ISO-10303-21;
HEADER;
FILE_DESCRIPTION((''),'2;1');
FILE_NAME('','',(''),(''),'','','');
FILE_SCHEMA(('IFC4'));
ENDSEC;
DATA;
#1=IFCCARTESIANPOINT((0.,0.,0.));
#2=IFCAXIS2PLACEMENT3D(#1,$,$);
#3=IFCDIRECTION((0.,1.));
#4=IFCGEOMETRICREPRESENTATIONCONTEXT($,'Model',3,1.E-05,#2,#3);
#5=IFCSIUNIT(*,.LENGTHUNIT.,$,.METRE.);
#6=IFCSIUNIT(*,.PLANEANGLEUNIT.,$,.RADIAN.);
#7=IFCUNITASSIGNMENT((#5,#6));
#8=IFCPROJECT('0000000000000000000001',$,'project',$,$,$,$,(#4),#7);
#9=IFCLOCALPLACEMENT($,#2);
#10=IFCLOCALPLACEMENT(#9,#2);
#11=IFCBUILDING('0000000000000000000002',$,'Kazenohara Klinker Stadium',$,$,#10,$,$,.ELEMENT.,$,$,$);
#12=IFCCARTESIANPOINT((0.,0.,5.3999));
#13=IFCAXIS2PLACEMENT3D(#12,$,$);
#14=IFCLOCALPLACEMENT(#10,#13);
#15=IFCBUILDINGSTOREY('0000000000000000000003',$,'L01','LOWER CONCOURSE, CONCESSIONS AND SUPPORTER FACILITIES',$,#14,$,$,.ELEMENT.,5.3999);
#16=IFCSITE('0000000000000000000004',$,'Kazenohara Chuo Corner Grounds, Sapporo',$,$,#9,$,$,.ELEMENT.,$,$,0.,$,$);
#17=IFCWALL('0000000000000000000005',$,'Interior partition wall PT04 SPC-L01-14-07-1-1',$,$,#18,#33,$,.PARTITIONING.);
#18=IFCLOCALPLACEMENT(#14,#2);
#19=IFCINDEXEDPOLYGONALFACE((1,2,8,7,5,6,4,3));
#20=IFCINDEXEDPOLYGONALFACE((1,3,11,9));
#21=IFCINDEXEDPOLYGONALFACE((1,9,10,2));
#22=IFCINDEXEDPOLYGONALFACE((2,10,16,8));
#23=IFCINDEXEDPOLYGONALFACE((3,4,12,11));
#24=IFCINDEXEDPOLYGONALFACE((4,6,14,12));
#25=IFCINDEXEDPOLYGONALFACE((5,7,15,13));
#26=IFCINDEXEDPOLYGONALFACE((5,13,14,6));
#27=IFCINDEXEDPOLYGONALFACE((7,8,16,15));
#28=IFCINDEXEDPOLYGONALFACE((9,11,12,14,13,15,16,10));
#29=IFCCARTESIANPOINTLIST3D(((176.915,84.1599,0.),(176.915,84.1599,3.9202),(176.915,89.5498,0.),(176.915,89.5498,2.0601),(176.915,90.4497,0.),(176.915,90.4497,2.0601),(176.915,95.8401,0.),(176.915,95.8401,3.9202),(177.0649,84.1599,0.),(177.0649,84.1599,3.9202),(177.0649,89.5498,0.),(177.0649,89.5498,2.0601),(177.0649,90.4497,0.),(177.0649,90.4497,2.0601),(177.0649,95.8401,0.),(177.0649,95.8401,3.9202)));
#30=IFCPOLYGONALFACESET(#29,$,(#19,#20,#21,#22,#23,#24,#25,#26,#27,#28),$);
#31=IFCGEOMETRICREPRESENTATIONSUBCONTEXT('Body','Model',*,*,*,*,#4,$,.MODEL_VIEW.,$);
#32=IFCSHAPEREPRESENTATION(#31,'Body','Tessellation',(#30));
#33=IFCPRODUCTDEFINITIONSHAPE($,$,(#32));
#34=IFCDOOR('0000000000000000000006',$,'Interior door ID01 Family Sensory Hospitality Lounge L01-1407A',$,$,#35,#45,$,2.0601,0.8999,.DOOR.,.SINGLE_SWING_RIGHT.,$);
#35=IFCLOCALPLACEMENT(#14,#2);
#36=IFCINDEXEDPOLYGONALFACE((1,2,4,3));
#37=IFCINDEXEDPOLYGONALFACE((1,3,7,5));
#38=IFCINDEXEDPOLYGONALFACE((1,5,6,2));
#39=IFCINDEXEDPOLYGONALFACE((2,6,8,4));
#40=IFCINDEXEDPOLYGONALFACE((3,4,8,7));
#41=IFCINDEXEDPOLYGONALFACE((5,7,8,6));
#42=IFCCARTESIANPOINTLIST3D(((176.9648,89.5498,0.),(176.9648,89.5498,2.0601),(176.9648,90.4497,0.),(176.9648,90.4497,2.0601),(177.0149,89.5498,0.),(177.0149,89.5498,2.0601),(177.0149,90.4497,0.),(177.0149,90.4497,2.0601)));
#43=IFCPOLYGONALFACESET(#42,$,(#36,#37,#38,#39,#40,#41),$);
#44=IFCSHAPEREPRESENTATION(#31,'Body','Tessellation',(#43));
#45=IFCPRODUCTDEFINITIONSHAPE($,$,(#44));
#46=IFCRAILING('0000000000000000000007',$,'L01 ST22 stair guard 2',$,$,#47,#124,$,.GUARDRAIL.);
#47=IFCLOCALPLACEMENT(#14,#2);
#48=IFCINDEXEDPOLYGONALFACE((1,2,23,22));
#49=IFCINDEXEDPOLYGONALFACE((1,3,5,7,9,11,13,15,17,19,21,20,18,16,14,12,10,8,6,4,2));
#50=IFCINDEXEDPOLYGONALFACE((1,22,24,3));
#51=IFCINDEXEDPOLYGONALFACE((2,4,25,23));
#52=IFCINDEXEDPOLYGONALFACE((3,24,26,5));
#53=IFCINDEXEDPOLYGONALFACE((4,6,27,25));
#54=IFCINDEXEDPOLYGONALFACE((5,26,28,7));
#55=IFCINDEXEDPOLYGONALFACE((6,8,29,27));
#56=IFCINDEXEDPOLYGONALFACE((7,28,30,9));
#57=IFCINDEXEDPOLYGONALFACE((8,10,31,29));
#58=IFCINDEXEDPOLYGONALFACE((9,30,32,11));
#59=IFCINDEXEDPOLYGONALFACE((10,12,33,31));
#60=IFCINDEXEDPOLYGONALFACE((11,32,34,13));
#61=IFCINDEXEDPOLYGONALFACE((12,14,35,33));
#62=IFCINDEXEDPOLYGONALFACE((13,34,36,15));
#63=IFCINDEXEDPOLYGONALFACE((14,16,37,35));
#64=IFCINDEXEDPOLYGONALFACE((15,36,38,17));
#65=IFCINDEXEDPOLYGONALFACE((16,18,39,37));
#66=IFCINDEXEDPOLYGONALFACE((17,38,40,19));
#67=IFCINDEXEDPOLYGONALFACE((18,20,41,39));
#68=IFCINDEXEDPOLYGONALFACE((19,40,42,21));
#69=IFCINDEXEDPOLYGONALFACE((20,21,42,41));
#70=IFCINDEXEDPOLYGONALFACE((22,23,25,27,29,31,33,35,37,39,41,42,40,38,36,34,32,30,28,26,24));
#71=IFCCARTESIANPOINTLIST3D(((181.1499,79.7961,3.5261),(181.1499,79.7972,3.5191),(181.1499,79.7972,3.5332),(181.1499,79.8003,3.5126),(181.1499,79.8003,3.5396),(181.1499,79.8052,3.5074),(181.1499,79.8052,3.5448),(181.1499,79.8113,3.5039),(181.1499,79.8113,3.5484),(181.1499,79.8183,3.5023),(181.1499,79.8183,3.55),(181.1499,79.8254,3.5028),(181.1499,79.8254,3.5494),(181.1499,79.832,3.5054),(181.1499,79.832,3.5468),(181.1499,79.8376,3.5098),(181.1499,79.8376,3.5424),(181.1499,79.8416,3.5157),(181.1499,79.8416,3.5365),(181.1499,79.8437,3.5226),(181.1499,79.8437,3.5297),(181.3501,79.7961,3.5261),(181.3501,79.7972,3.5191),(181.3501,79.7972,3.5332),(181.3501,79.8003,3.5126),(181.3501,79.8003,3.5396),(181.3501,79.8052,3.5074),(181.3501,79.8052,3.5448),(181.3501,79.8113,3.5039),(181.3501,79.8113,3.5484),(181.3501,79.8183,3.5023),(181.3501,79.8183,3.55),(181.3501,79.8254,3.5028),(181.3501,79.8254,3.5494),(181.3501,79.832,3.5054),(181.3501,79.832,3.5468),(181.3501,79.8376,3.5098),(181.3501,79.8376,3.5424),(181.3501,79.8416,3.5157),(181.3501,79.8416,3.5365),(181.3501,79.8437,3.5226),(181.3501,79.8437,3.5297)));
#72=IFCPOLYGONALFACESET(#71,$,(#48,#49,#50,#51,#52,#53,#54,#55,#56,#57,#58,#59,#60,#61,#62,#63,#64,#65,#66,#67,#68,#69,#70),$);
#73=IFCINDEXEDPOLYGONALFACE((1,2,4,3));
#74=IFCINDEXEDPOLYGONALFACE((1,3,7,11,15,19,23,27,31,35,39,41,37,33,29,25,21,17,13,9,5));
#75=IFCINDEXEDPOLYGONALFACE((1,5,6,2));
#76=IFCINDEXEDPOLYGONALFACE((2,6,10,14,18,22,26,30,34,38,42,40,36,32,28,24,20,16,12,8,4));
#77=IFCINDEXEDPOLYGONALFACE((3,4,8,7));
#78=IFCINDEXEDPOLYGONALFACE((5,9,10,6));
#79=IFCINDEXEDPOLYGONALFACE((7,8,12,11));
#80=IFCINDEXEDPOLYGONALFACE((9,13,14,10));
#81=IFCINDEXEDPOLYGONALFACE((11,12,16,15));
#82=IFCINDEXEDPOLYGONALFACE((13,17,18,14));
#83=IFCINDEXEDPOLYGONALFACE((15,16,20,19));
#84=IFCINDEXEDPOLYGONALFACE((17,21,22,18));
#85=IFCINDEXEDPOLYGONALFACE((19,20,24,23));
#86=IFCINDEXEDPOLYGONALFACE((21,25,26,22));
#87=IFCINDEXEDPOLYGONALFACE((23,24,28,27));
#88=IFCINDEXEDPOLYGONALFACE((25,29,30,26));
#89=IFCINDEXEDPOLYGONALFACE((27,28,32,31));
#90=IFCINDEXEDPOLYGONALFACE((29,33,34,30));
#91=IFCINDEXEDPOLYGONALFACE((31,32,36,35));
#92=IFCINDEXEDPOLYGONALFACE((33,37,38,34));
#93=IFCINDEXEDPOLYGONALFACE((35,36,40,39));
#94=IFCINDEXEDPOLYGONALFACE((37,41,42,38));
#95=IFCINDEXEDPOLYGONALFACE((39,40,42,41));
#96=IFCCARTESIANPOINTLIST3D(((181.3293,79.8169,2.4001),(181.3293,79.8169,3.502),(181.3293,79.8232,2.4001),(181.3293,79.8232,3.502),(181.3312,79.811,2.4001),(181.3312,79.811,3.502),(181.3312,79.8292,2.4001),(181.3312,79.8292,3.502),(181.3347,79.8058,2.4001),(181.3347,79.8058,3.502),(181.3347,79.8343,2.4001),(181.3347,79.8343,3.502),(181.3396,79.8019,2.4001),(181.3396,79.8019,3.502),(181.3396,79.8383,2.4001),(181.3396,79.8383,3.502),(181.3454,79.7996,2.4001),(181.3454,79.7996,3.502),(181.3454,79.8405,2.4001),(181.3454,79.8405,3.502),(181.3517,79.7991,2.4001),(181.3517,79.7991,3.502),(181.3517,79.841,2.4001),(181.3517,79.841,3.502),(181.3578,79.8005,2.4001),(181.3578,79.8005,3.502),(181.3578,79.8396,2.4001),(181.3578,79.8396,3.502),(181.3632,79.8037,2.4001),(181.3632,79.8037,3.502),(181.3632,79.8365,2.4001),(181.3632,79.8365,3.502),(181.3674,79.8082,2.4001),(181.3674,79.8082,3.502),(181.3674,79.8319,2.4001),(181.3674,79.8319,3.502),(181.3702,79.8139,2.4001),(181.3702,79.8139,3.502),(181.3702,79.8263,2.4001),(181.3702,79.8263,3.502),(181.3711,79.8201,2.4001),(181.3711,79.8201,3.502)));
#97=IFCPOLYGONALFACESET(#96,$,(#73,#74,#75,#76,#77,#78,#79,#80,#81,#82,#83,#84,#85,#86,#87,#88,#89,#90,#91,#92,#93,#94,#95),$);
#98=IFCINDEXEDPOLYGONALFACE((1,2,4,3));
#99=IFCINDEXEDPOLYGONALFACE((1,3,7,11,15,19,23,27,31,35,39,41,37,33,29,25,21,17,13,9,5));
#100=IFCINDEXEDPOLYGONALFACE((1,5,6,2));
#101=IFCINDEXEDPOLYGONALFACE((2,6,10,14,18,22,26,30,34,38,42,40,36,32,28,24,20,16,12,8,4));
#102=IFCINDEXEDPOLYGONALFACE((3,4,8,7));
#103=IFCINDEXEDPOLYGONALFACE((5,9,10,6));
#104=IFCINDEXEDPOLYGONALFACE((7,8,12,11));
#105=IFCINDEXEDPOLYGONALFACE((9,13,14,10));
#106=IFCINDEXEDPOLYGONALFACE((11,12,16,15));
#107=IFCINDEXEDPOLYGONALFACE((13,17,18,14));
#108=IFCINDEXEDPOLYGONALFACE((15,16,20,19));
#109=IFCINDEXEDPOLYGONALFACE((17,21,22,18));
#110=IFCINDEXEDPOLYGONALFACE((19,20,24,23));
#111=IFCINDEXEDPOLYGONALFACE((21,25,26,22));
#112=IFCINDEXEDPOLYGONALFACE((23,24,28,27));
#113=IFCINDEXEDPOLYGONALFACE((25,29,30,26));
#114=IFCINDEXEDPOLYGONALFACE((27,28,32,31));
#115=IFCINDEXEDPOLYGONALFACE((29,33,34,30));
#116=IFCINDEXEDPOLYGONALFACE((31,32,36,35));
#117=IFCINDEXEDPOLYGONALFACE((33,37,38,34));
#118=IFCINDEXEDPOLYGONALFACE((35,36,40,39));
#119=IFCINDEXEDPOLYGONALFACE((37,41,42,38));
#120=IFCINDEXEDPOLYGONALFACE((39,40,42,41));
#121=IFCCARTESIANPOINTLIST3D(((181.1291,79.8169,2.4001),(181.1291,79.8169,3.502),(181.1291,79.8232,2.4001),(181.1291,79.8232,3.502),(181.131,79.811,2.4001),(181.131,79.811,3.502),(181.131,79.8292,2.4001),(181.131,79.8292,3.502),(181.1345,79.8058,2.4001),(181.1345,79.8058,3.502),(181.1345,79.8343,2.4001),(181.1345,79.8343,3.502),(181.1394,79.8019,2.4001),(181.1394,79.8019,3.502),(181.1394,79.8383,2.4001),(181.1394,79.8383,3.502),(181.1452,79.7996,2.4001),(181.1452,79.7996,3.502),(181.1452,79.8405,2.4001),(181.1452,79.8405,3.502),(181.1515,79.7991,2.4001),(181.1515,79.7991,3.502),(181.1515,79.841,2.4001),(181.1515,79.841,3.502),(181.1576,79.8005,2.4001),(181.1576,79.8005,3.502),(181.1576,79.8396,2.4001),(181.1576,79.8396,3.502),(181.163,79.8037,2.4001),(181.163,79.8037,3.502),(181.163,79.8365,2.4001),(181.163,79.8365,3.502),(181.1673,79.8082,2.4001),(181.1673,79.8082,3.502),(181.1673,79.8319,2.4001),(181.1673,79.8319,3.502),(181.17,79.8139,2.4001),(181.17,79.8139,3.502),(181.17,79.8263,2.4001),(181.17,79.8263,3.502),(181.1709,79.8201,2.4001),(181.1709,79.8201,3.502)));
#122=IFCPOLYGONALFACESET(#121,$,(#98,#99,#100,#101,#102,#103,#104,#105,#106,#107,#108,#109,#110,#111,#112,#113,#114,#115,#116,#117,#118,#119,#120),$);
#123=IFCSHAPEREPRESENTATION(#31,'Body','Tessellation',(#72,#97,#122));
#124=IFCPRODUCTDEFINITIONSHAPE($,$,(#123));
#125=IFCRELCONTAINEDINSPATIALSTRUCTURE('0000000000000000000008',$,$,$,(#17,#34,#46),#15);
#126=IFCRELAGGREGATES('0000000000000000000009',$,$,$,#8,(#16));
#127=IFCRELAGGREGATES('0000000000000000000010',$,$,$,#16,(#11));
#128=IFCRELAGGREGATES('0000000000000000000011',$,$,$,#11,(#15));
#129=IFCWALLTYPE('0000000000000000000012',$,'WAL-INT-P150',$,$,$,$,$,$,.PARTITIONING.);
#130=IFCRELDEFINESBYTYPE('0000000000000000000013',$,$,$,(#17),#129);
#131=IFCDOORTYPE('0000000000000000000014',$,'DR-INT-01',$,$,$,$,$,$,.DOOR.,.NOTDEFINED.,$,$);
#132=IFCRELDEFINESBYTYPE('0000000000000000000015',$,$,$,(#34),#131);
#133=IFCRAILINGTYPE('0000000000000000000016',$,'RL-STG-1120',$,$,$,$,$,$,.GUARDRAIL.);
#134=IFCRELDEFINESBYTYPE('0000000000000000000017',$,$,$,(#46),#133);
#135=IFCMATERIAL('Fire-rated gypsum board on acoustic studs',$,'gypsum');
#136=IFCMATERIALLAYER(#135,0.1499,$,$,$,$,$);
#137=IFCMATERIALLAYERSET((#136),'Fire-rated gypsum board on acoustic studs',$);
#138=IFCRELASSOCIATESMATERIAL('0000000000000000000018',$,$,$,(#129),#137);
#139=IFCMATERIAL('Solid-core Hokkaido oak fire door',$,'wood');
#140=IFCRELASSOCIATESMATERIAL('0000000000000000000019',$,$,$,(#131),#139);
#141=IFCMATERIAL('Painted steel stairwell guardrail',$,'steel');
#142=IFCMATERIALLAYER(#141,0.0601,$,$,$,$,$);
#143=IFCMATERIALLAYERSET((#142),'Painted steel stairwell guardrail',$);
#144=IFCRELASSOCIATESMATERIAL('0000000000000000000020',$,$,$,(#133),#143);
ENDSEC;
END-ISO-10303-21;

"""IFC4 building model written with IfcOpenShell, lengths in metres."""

from ifc_helpers import new_model, si_unit, direction, frame, frame_2d, origin, origin_2d, place, context, subcontext, project, spatial, rectangle, circle, extrude, material, layer, layer_set, type_object, element, fill, save


model = new_model("IFC4")

# Units and contexts
model_context = context("Model", 3, precision=1e-05, world=origin(), true_north=direction((0.0, 1.0)))
body_context = subcontext(model_context, "Body", "Model", "MODEL_VIEW")
ifc_project = project(units=[si_unit("LENGTHUNIT", "METRE"), si_unit("PLANEANGLEUNIT", "RADIAN")], contexts=[model_context])

# Site, building, storey
site_placement = place(None, origin())
site = spatial("IfcSite", under=ifc_project, at=site_placement, Name="Kazenohara Chuo Corner Grounds, Sapporo", CompositionType="ELEMENT", RefElevation=0.0)
building_placement = place(site_placement, origin())
building = spatial("IfcBuilding", under=site, at=building_placement, Name="Kazenohara Klinker Stadium", CompositionType="ELEMENT")
storey_placement = place(building_placement, frame((0.0, 0.0, 5.3999)))
storey = spatial("IfcBuildingStorey", under=building, at=storey_placement, Name="L01", Description="LOWER CONCOURSE, CONCESSIONS AND SUPPORTER FACILITIES", CompositionType="ELEMENT", Elevation=5.3999)

# Wall, opening, door
ifc_material_1 = material(Name="Fire-rated gypsum board on acoustic studs", Category="gypsum")
ifc_layer_1 = layer(ifc_material_1, 0.1499)
ifc_layer_set_1 = layer_set([ifc_layer_1], Name="Fire-rated gypsum board on acoustic studs")
wall_type_1 = type_object("IfcWallType", Name="WAL-INT-P150", PredefinedType="PARTITIONING", material=ifc_layer_set_1)
wall_1_placement = place(storey_placement, frame((176.99, 84.1599, 0.0), z_axis=(0.0, 0.0, 1.0), x_axis=(0.0, 1.0, 0.0)))
wall_1 = element("IfcWall", 1, at=wall_1_placement, inside=storey, type_object=wall_type_1, Name="Interior partition wall PT04 SPC-L01-14-07-1-1", PredefinedType="PARTITIONING", context=body_context, shape_type="SweptSolid", body=[
    extrude(rectangle(XDim=11.6802, YDim=0.1499, at=frame_2d((5.8401, 0.0))), origin(), (0.0, 0.0, 1.0), 3.9202),
])
opening_placement = place(wall_1_placement, frame((6.2898, 0.0, 0.0), z_axis=(0.0, 0.0, 1.0), x_axis=(-1.0, 0.0, 0.0)))
opening = element("IfcOpeningElement", 2, at=opening_placement, cuts=wall_1, PredefinedType="OPENING", context=body_context, shape_type="SweptSolid", body=[
    extrude(rectangle(XDim=0.8999, YDim=2.0601, at=frame_2d((0.45, 1.03))), frame((0.0, 0.085, 0.0), z_axis=(0.0, -1.0, 0.0), x_axis=(1.0, 0.0, 0.0)), (0.0, 0.0, 1.0), 0.1699),
])
ifc_material_2 = material(Name="Solid-core Hokkaido oak fire door", Category="wood")
door_type = type_object("IfcDoorType", Name="DR-INT-01", OperationType="NOTDEFINED", PredefinedType="DOOR", material=ifc_material_2)
door_placement = place(opening_placement, origin())
door = element("IfcDoor", 3, at=door_placement, inside=storey, type_object=door_type, Name="Interior door ID01 Family Sensory Hospitality Lounge L01-1407A", OperationType="SINGLE_SWING_RIGHT", OverallHeight=2.0601, OverallWidth=0.8999, PredefinedType="DOOR", context=body_context, shape_type="SweptSolid", body=[
    extrude(rectangle(XDim=0.8999, YDim=2.0601, at=frame_2d((0.45, 1.03))), frame((0.0, 0.0249, 0.0), z_axis=(0.0, -1.0, 0.0), x_axis=(1.0, 0.0, 0.0)), (0.0, 0.0, 1.0), 0.05),
])
fill(opening, door)

# Railing
ifc_material_3 = material(Name="Painted steel stairwell guardrail", Category="steel")
ifc_layer_2 = layer(ifc_material_3, 0.0601)
ifc_layer_set_2 = layer_set([ifc_layer_2], Name="Painted steel stairwell guardrail")
railing_type_1 = type_object("IfcRailingType", Name="RL-STG-1120", PredefinedType="GUARDRAIL", material=ifc_layer_set_2)
railing_1_placement = place(storey_placement, frame((181.3501, 79.8201, 2.4001)))
element("IfcRailing", 4, at=railing_1_placement, inside=storey, type_object=railing_type_1, Name="L01 ST22 stair guard 2", PredefinedType="GUARDRAIL", context=body_context, shape_type="SweptSolid", body=[
    extrude(circle(Radius=0.0239, at=origin_2d()), frame((0.0, 0.0, 1.126), z_axis=(-1.0, 0.0, 0.0), x_axis=(0.0, -1.0, 0.0)), (0.0, 0.0, 1.0), 0.2002),
    extrude(circle(Radius=0.021, at=origin_2d()), origin(), (0.0, 0.0, 1.0), 1.1018),
    extrude(circle(Radius=0.021, at=origin_2d()), frame((-0.2002, 0.0, 0.0)), (0.0, 0.0, 1.0), 1.1018),
])

save(model, "model.ifc")
